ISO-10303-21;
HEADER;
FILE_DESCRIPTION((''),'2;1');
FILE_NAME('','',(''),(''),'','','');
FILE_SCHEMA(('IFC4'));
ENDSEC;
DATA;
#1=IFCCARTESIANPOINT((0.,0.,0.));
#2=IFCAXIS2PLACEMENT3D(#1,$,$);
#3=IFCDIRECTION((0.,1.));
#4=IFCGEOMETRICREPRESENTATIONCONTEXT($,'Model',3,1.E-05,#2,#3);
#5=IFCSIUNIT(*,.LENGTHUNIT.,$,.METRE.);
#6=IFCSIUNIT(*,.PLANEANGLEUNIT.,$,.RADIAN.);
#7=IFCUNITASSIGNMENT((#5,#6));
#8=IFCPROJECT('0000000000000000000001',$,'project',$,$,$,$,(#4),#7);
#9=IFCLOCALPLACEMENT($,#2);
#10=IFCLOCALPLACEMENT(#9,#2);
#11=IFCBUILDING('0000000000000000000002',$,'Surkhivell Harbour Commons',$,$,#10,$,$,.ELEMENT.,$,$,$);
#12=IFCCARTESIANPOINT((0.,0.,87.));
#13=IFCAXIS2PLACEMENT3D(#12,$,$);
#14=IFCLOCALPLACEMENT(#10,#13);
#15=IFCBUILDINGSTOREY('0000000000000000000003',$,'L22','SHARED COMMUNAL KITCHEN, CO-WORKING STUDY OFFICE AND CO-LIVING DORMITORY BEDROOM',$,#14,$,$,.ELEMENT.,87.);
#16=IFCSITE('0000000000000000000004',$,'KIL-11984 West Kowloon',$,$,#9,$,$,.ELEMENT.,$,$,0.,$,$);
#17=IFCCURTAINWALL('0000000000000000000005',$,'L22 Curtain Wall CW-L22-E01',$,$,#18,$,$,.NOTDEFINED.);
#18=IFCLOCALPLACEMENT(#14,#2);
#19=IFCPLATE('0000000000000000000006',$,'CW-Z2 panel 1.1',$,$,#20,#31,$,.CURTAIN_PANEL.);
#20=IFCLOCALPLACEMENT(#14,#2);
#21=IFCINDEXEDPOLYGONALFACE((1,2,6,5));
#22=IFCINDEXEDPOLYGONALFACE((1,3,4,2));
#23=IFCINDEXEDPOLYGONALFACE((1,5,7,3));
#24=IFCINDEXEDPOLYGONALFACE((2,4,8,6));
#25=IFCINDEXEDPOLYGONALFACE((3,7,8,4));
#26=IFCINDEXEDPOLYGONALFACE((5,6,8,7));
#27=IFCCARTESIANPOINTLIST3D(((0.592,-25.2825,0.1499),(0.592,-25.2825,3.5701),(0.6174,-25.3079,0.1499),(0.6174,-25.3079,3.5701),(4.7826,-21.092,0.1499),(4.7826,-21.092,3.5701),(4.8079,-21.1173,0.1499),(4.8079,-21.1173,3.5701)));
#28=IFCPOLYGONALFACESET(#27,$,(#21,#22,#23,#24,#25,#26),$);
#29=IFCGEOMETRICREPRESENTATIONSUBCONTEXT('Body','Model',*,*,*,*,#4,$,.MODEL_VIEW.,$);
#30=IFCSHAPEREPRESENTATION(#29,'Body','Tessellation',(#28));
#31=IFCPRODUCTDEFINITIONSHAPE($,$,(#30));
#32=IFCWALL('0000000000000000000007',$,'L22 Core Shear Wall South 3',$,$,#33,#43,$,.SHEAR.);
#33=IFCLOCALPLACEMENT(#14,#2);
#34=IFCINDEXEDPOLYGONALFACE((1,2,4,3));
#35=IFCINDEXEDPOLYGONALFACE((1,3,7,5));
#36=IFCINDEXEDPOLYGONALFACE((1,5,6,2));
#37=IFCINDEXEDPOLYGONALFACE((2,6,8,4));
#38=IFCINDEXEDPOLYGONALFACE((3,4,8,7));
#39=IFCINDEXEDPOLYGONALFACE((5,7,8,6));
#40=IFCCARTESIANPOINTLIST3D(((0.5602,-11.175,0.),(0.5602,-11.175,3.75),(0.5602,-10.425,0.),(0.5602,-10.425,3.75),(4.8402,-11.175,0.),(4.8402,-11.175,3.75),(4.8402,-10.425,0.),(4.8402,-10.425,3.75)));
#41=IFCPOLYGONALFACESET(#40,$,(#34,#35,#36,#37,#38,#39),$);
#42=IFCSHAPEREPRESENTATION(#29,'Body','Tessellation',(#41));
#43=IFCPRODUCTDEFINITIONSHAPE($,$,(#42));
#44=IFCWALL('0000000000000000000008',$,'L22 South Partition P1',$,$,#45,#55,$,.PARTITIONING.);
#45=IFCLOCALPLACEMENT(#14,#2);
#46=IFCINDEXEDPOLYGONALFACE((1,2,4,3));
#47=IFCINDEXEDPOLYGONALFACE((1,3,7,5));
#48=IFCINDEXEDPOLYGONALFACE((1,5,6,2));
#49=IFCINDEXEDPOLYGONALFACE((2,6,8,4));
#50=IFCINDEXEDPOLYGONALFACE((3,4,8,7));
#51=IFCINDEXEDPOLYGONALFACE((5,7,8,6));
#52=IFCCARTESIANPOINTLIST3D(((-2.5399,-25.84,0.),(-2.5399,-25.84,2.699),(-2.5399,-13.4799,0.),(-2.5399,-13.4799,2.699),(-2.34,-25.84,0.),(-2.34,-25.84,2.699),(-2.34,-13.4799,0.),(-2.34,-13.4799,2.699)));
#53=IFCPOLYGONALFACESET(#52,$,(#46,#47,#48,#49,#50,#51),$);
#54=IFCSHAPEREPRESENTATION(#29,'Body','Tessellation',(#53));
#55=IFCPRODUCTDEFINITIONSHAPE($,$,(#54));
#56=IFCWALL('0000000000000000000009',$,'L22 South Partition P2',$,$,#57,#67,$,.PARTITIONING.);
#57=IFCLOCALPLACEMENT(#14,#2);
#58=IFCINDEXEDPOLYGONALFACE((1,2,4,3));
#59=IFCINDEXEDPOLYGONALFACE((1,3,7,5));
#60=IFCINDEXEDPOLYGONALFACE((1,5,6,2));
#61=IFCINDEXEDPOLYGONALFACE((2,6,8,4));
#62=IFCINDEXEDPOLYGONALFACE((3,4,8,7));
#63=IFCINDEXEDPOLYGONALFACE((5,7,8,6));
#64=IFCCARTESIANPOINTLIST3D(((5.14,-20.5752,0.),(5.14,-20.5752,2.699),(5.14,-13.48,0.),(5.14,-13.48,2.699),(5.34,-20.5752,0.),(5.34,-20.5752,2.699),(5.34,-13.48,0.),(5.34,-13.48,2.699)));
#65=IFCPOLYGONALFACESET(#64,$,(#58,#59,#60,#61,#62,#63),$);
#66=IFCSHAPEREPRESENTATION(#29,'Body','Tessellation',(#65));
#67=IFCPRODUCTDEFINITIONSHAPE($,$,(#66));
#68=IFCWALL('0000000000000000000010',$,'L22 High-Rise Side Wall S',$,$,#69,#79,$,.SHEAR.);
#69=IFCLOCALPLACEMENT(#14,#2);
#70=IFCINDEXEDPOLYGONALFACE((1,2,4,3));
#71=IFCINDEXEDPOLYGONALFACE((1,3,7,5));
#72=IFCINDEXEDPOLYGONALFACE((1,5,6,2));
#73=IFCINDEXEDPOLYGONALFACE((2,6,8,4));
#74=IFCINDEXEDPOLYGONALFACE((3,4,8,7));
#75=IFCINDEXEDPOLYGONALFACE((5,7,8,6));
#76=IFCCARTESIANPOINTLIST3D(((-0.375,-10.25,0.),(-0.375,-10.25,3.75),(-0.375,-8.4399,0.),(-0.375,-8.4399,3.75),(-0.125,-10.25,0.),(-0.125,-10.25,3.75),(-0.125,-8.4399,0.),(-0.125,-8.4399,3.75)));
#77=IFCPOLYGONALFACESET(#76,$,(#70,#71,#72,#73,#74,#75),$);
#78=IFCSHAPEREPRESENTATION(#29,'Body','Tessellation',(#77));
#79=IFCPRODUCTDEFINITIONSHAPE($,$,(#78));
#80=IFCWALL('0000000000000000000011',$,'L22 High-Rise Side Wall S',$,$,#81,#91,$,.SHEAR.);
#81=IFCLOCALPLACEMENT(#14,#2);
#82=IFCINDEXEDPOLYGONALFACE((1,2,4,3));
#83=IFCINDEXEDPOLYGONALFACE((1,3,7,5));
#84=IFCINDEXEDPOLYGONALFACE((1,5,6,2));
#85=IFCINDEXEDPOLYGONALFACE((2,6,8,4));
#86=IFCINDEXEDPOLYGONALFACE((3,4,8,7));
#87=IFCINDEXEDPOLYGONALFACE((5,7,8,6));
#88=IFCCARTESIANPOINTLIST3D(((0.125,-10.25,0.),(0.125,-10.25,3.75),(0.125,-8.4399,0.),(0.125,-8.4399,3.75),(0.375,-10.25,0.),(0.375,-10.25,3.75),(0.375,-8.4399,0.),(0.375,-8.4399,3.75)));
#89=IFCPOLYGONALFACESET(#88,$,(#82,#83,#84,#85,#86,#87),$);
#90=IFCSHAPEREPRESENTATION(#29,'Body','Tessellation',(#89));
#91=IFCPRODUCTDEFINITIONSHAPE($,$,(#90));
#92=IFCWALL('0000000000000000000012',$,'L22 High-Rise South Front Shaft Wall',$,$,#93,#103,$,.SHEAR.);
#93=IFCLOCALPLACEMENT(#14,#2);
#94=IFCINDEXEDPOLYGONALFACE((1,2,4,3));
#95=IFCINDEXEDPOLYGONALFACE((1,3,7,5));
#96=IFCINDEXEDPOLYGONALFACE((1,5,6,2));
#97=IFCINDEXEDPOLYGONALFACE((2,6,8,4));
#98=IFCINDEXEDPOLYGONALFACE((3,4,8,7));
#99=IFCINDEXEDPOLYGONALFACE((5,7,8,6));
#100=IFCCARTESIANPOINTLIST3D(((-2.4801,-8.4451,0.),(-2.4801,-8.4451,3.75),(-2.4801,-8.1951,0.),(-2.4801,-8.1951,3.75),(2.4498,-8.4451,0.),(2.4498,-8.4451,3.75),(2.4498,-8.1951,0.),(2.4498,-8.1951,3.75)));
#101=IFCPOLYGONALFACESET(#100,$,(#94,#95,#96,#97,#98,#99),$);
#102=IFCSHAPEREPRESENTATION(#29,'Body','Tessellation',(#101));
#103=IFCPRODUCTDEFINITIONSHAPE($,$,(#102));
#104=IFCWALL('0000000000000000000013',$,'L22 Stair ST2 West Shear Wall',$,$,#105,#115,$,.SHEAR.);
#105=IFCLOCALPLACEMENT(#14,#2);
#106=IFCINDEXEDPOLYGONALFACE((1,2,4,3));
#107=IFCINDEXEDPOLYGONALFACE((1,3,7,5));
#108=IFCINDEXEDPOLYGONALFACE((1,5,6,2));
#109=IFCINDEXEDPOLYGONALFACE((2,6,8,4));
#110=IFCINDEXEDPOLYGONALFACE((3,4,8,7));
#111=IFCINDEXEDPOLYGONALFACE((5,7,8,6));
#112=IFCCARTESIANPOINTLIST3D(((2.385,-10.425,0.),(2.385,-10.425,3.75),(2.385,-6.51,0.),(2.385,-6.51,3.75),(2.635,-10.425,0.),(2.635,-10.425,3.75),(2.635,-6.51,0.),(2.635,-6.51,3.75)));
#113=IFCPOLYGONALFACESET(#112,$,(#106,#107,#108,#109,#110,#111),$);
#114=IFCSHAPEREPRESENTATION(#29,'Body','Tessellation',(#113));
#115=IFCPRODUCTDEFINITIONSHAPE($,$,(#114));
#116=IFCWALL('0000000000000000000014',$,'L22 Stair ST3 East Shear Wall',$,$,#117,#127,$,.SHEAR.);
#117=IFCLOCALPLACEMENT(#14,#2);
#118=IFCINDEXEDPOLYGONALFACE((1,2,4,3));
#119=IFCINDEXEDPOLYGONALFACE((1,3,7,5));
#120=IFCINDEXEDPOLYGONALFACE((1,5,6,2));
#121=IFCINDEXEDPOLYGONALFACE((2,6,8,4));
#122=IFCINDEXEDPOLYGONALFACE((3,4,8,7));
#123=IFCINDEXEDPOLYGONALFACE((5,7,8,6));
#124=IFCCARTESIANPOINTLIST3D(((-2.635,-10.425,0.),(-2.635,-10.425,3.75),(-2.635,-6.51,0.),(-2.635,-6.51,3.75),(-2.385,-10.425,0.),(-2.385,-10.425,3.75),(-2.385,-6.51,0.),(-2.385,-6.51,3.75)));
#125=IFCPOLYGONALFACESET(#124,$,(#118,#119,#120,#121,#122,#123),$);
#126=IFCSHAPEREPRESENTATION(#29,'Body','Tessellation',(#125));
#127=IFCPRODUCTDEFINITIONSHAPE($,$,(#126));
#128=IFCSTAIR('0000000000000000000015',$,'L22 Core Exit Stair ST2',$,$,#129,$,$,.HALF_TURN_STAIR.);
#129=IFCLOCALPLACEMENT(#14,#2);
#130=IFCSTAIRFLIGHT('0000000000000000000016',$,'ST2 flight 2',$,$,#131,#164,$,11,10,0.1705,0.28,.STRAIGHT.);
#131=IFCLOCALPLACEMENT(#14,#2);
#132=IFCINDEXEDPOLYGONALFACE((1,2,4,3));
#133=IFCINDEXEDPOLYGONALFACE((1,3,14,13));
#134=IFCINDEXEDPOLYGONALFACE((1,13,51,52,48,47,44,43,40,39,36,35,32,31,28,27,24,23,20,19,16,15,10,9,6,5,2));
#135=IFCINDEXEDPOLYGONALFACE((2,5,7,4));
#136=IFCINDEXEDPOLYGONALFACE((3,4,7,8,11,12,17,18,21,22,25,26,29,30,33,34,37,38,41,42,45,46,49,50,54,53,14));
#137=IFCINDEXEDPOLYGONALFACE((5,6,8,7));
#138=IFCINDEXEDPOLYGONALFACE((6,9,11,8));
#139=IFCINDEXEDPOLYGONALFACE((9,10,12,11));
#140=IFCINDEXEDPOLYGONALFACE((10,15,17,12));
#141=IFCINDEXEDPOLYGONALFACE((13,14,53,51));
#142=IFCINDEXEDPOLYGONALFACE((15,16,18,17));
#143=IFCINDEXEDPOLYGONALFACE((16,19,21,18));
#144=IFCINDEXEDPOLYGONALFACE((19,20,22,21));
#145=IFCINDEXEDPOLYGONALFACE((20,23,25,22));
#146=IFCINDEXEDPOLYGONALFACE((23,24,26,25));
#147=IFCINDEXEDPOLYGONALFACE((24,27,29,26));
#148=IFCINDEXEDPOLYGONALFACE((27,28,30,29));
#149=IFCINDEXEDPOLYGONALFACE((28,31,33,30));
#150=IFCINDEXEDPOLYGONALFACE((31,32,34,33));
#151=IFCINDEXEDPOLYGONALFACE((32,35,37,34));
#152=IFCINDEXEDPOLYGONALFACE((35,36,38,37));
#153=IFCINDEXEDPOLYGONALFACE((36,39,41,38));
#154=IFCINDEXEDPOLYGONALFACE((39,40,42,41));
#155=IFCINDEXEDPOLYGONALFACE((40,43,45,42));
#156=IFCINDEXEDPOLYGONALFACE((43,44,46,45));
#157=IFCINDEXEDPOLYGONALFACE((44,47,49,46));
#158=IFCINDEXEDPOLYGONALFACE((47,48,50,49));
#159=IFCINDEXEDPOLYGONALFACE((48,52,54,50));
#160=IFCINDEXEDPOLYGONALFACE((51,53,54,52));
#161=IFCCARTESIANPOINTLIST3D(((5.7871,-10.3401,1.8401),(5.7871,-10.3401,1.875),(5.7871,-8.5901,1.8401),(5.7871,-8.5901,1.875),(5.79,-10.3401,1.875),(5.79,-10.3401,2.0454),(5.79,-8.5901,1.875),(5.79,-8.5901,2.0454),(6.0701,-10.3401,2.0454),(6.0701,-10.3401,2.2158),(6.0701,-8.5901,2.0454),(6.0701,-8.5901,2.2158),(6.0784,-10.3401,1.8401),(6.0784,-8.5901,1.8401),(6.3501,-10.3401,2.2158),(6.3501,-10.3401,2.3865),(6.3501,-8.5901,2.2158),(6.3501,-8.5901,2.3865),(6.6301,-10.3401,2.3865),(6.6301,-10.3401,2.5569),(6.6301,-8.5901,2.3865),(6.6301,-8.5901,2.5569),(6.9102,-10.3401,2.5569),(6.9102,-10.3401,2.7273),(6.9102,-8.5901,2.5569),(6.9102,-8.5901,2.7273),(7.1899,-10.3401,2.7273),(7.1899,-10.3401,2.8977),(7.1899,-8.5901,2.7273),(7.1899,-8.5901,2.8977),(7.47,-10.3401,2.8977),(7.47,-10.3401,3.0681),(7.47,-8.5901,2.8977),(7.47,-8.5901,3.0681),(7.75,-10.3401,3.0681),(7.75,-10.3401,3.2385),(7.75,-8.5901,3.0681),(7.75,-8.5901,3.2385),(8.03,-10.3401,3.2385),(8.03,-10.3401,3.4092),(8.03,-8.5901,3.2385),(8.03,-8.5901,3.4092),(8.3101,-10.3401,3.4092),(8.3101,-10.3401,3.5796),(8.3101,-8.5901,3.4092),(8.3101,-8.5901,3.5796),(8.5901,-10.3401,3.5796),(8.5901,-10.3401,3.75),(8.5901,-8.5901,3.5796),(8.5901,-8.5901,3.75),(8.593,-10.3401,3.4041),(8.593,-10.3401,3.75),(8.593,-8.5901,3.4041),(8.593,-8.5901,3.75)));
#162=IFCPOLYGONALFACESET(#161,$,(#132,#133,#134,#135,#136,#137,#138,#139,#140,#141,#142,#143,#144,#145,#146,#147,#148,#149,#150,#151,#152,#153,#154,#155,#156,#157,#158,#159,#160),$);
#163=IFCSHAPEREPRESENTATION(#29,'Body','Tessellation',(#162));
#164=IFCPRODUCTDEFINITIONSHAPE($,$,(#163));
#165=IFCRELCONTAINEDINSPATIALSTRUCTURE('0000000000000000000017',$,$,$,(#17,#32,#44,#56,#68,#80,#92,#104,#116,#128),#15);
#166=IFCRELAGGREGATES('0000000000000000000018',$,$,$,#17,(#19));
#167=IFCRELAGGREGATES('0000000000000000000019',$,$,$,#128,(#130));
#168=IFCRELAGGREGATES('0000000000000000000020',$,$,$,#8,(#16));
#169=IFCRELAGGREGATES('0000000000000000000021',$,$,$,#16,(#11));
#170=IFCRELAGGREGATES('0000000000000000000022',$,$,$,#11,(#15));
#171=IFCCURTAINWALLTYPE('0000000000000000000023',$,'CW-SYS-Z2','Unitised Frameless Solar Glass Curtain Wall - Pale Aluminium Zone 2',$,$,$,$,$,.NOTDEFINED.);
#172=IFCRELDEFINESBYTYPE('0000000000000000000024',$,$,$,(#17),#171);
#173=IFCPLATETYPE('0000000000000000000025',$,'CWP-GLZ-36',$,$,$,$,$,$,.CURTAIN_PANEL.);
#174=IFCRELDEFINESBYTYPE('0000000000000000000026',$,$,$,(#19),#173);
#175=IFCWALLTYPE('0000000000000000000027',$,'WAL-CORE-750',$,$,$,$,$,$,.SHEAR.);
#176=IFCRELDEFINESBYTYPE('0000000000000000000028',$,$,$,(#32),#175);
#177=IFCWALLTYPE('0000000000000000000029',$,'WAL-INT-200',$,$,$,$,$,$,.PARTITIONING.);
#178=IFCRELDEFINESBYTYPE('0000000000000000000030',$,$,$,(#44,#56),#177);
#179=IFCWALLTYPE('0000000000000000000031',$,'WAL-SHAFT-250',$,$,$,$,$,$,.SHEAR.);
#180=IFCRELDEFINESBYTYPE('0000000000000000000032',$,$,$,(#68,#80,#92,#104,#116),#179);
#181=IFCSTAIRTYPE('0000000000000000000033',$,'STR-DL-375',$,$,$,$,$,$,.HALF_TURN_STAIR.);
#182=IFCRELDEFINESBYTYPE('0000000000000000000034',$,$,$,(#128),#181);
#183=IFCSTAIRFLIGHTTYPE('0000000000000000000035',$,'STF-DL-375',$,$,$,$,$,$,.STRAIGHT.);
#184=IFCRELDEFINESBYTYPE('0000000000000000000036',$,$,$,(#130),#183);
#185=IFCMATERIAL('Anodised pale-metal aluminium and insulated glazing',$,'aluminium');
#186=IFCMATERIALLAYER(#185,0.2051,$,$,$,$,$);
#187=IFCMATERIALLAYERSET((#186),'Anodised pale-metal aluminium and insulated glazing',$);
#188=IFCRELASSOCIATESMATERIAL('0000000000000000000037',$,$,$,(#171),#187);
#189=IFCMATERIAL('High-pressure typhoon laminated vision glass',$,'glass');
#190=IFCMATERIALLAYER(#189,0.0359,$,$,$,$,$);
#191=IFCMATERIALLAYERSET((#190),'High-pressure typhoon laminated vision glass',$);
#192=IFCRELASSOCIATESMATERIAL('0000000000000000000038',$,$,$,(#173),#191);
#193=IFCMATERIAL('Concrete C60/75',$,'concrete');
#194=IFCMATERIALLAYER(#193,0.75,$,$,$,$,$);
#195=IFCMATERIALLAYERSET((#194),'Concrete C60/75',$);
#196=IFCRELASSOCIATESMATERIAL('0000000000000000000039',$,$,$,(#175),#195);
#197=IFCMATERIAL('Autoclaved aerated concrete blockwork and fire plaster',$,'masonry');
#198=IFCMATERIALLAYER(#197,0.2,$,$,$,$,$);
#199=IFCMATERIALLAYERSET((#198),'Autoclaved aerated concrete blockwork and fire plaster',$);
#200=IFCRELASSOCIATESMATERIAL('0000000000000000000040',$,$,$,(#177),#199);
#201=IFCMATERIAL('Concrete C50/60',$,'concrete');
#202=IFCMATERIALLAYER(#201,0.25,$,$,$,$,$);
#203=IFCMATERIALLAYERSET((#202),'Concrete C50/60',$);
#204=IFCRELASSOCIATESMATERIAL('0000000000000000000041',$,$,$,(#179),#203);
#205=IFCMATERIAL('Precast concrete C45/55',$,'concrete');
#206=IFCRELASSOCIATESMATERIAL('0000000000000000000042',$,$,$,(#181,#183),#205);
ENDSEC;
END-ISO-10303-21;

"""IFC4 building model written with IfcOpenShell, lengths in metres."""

from ifc_helpers import new_model, si_unit, direction, frame, frame_2d, origin, place, context, subcontext, project, spatial, polyline, rectangle, outline, extrude, material, layer, layer_set, type_object, element, aggregate, save


model = new_model("IFC4")

# Units and contexts
model_context = context("Model", 3, precision=1e-05, world=origin(), true_north=direction((0.0, 1.0)))
body_context = subcontext(model_context, "Body", "Model", "MODEL_VIEW")
ifc_project = project(units=[si_unit("LENGTHUNIT", "METRE"), si_unit("PLANEANGLEUNIT", "RADIAN")], contexts=[model_context])

# Site, building, storey
site_placement = place(None, origin())
site = spatial("IfcSite", under=ifc_project, at=site_placement, Name="KIL-11984 West Kowloon", CompositionType="ELEMENT", RefElevation=0.0)
building_placement = place(site_placement, origin())
building = spatial("IfcBuilding", under=site, at=building_placement, Name="Surkhivell Harbour Commons", CompositionType="ELEMENT")
storey_placement = place(building_placement, frame((0.0, 0.0, 87.0)))
storey = spatial("IfcBuildingStorey", under=building, at=storey_placement, Name="L22", Description="SHARED COMMUNAL KITCHEN, CO-WORKING STUDY OFFICE AND CO-LIVING DORMITORY BEDROOM", CompositionType="ELEMENT", Elevation=87.0)

# Shared definitions
ifc_material_1 = material(Name="Concrete C60/75", Category="concrete")

# Shared definitions
ifc_material_2 = material(Name="Anodised pale-metal aluminium and insulated glazing", Category="aluminium")
ifc_layer_1 = layer(ifc_material_2, 0.2051)
ifc_layer_set_1 = layer_set([ifc_layer_1], Name="Anodised pale-metal aluminium and insulated glazing")
curtain_wall_type = type_object("IfcCurtainWallType", Name="CW-SYS-Z2", Description="Unitised Frameless Solar Glass Curtain Wall - Pale Aluminium Zone 2", PredefinedType="NOTDEFINED", material=ifc_layer_set_1)

# Curtain wall
curtain_wall_1_placement = place(storey_placement, origin())
curtain_wall_1 = element("IfcCurtainWall", 1, at=curtain_wall_1_placement, inside=storey, type_object=curtain_wall_type, Name="L22 Curtain Wall CW-L22-E01", PredefinedType="NOTDEFINED")

# Plate
ifc_material_3 = material(Name="High-pressure typhoon laminated vision glass", Category="glass")
ifc_layer_2 = layer(ifc_material_3, 0.0359)
ifc_layer_set_2 = layer_set([ifc_layer_2], Name="High-pressure typhoon laminated vision glass")
plate_type = type_object("IfcPlateType", Name="CWP-GLZ-36", PredefinedType="CURTAIN_PANEL", material=ifc_layer_set_2)
plate_1_placement = place(storey_placement, frame((0.6047, -25.2952, 0.1499), z_axis=(0.0, 0.0, 1.0), x_axis=(0.707107, 0.707107, 0.0)))
plate_1 = element("IfcPlate", 2, at=plate_1_placement, type_object=plate_type, Name="CW-Z2 panel 1.1", PredefinedType="CURTAIN_PANEL", context=body_context, shape_type="SweptSolid", body=[
    extrude(rectangle(XDim=5.9263, YDim=0.0359, at=frame_2d((2.9631, 0.0))), origin(), (0.0, 0.0, 1.0), 3.4202),
])
aggregate(curtain_wall_1, [plate_1])

# Walls
ifc_layer_3 = layer(ifc_material_1, 0.75)
ifc_layer_set_3 = layer_set([ifc_layer_3], Name="Concrete C60/75")
wall_type_1 = type_object("IfcWallType", Name="WAL-CORE-750", PredefinedType="SHEAR", material=ifc_layer_set_3)
wall_1_placement = place(storey_placement, frame((0.5601, -10.8, 0.0), z_axis=(0.0, 0.0, 1.0), x_axis=(1.0, 0.0, 0.0)))
element("IfcWall", 3, at=wall_1_placement, inside=storey, type_object=wall_type_1, Name="L22 Core Shear Wall South 3", PredefinedType="SHEAR", context=body_context, shape_type="SweptSolid", body=[
    extrude(rectangle(XDim=4.28, YDim=0.75, at=frame_2d((2.1401, 0.0))), origin(), (0.0, 0.0, 1.0), 3.75),
])
ifc_material_4 = material(Name="Autoclaved aerated concrete blockwork and fire plaster", Category="masonry")
ifc_layer_4 = layer(ifc_material_4, 0.2)
ifc_layer_set_4 = layer_set([ifc_layer_4], Name="Autoclaved aerated concrete blockwork and fire plaster")
wall_type_2 = type_object("IfcWallType", Name="WAL-INT-200", PredefinedType="PARTITIONING", material=ifc_layer_set_4)
wall_2_placement = place(storey_placement, frame((-2.4399, -25.8401, 0.0), z_axis=(0.0, 0.0, 1.0), x_axis=(0.0, 1.0, 0.0)))
element("IfcWall", 4, at=wall_2_placement, inside=storey, type_object=wall_type_2, Name="L22 South Partition P1", PredefinedType="PARTITIONING", context=body_context, shape_type="SweptSolid", body=[
    extrude(rectangle(XDim=12.3601, YDim=0.2, at=frame_2d((6.1802, 0.0))), origin(), (0.0, 0.0, 1.0), 2.699),
])
wall_3_placement = place(storey_placement, frame((5.24, -20.5752, 0.0), z_axis=(0.0, 0.0, 1.0), x_axis=(0.0, 1.0, 0.0)))
element("IfcWall", 5, at=wall_3_placement, inside=storey, type_object=wall_type_2, Name="L22 South Partition P2", PredefinedType="PARTITIONING", context=body_context, shape_type="SweptSolid", body=[
    extrude(rectangle(XDim=7.0952, YDim=0.2, at=frame_2d((3.5476, 0.0))), origin(), (0.0, 0.0, 1.0), 2.699),
])
ifc_material_5 = material(Name="Concrete C50/60", Category="concrete")
ifc_layer_5 = layer(ifc_material_5, 0.25)
ifc_layer_set_5 = layer_set([ifc_layer_5], Name="Concrete C50/60")
wall_type_3 = type_object("IfcWallType", Name="WAL-SHAFT-250", PredefinedType="SHEAR", material=ifc_layer_set_5)
for number, where, z_axis, x_axis, name in (
    (6, (-0.25, -10.25, 0.0), (0.0, 0.0, 1.0), (0.0, 1.0, 0.0), "L22 High-Rise Side Wall S"),
    (7, (0.25, -10.25, 0.0), (0.0, 0.0, 1.0), (0.0, 1.0, 0.0), "L22 High-Rise Side Wall S"),
):
    element("IfcWall", number, at=place(storey_placement, frame(where, z_axis=z_axis, x_axis=x_axis)), inside=storey, type_object=wall_type_3, Name=name, PredefinedType="SHEAR", context=body_context, shape_type="SweptSolid", body=[
        extrude(rectangle(XDim=1.8101, YDim=0.25, at=frame_2d((0.905, 0.0))), origin(), (0.0, 0.0, 1.0), 3.75),
    ])
wall_4_placement = place(storey_placement, frame((-2.48, -8.3201, 0.0), z_axis=(0.0, 0.0, 1.0), x_axis=(1.0, 0.0, 0.0)))
element("IfcWall", 8, at=wall_4_placement, inside=storey, type_object=wall_type_3, Name="L22 High-Rise South Front Shaft Wall", PredefinedType="SHEAR", context=body_context, shape_type="SweptSolid", body=[
    extrude(rectangle(XDim=4.9299, YDim=0.25, at=frame_2d((2.4648, 0.0))), origin(), (0.0, 0.0, 1.0), 3.75),
])
for number, where, z_axis, x_axis, name in (
    (9, (2.51, -10.425, 0.0), (0.0, 0.0, 1.0), (0.0, 1.0, 0.0), "L22 Stair ST2 West Shear Wall"),
    (10, (-2.51, -10.425, 0.0), (0.0, 0.0, 1.0), (0.0, 1.0, 0.0), "L22 Stair ST3 East Shear Wall"),
):
    element("IfcWall", number, at=place(storey_placement, frame(where, z_axis=z_axis, x_axis=x_axis)), inside=storey, type_object=wall_type_3, Name=name, PredefinedType="SHEAR", context=body_context, shape_type="SweptSolid", body=[
        extrude(rectangle(XDim=3.915, YDim=0.25, at=frame_2d((1.9575, 0.0))), origin(), (0.0, 0.0, 1.0), 3.75),
    ])

# Stair, stair flight
ifc_material_6 = material(Name="Precast concrete C45/55", Category="concrete")
stair_type = type_object("IfcStairType", Name="STR-DL-375", PredefinedType="HALF_TURN_STAIR", material=ifc_material_6)
stair_placement = place(storey_placement, origin())
stair = element("IfcStair", 11, at=stair_placement, inside=storey, type_object=stair_type, Name="L22 Core Exit Stair ST2", PredefinedType="HALF_TURN_STAIR")
stair_flight_type = type_object("IfcStairFlightType", Name="STF-DL-375", PredefinedType="STRAIGHT", material=ifc_material_6)
stair_flight_placement = place(storey_placement, frame((5.79, -9.4651, 1.875), z_axis=(0.0, 0.0, 1.0), x_axis=(1.0, 0.0, 0.0)))
stair_flight = element("IfcStairFlight", 12, at=stair_flight_placement, type_object=stair_flight_type, Name="ST2 flight 2", NumberOfRisers=11, NumberOfTreads=10, PredefinedType="STRAIGHT", RiserHeight=0.1705, TreadLength=0.28, context=body_context, shape_type="SweptSolid", body=[
    extrude(outline(polyline([(-0.0029, -0.0349), (-0.0029, 0.0), (0.0, 0.0), (0.0, 0.1704), (0.28, 0.1704), (0.28, 0.3408), (0.5601, 0.3408), (0.5601, 0.5115), (0.8401, 0.5115), (0.8401, 0.6819), (1.1201, 0.6819), (1.1201, 0.8523), (1.3999, 0.8523), (1.3999, 1.0227), (1.6799, 1.0227), (1.6799, 1.1931), (1.96, 1.1931), (1.96, 1.3635), (2.24, 1.3635), (2.24, 1.5342), (2.52, 1.5342), (2.52, 1.7046), (2.8, 1.7046), (2.8, 1.875), (2.803, 1.875), (2.803, 1.5291), (0.2883, -0.0349), (-0.0029, -0.0349)])), frame((0.0, 0.875, 0.0), z_axis=(0.0, -1.0, 0.0), x_axis=(1.0, 0.0, 0.0)), (0.0, 0.0, 1.0), 1.75),
])
aggregate(stair, [stair_flight])

save(model, "model.ifc")
